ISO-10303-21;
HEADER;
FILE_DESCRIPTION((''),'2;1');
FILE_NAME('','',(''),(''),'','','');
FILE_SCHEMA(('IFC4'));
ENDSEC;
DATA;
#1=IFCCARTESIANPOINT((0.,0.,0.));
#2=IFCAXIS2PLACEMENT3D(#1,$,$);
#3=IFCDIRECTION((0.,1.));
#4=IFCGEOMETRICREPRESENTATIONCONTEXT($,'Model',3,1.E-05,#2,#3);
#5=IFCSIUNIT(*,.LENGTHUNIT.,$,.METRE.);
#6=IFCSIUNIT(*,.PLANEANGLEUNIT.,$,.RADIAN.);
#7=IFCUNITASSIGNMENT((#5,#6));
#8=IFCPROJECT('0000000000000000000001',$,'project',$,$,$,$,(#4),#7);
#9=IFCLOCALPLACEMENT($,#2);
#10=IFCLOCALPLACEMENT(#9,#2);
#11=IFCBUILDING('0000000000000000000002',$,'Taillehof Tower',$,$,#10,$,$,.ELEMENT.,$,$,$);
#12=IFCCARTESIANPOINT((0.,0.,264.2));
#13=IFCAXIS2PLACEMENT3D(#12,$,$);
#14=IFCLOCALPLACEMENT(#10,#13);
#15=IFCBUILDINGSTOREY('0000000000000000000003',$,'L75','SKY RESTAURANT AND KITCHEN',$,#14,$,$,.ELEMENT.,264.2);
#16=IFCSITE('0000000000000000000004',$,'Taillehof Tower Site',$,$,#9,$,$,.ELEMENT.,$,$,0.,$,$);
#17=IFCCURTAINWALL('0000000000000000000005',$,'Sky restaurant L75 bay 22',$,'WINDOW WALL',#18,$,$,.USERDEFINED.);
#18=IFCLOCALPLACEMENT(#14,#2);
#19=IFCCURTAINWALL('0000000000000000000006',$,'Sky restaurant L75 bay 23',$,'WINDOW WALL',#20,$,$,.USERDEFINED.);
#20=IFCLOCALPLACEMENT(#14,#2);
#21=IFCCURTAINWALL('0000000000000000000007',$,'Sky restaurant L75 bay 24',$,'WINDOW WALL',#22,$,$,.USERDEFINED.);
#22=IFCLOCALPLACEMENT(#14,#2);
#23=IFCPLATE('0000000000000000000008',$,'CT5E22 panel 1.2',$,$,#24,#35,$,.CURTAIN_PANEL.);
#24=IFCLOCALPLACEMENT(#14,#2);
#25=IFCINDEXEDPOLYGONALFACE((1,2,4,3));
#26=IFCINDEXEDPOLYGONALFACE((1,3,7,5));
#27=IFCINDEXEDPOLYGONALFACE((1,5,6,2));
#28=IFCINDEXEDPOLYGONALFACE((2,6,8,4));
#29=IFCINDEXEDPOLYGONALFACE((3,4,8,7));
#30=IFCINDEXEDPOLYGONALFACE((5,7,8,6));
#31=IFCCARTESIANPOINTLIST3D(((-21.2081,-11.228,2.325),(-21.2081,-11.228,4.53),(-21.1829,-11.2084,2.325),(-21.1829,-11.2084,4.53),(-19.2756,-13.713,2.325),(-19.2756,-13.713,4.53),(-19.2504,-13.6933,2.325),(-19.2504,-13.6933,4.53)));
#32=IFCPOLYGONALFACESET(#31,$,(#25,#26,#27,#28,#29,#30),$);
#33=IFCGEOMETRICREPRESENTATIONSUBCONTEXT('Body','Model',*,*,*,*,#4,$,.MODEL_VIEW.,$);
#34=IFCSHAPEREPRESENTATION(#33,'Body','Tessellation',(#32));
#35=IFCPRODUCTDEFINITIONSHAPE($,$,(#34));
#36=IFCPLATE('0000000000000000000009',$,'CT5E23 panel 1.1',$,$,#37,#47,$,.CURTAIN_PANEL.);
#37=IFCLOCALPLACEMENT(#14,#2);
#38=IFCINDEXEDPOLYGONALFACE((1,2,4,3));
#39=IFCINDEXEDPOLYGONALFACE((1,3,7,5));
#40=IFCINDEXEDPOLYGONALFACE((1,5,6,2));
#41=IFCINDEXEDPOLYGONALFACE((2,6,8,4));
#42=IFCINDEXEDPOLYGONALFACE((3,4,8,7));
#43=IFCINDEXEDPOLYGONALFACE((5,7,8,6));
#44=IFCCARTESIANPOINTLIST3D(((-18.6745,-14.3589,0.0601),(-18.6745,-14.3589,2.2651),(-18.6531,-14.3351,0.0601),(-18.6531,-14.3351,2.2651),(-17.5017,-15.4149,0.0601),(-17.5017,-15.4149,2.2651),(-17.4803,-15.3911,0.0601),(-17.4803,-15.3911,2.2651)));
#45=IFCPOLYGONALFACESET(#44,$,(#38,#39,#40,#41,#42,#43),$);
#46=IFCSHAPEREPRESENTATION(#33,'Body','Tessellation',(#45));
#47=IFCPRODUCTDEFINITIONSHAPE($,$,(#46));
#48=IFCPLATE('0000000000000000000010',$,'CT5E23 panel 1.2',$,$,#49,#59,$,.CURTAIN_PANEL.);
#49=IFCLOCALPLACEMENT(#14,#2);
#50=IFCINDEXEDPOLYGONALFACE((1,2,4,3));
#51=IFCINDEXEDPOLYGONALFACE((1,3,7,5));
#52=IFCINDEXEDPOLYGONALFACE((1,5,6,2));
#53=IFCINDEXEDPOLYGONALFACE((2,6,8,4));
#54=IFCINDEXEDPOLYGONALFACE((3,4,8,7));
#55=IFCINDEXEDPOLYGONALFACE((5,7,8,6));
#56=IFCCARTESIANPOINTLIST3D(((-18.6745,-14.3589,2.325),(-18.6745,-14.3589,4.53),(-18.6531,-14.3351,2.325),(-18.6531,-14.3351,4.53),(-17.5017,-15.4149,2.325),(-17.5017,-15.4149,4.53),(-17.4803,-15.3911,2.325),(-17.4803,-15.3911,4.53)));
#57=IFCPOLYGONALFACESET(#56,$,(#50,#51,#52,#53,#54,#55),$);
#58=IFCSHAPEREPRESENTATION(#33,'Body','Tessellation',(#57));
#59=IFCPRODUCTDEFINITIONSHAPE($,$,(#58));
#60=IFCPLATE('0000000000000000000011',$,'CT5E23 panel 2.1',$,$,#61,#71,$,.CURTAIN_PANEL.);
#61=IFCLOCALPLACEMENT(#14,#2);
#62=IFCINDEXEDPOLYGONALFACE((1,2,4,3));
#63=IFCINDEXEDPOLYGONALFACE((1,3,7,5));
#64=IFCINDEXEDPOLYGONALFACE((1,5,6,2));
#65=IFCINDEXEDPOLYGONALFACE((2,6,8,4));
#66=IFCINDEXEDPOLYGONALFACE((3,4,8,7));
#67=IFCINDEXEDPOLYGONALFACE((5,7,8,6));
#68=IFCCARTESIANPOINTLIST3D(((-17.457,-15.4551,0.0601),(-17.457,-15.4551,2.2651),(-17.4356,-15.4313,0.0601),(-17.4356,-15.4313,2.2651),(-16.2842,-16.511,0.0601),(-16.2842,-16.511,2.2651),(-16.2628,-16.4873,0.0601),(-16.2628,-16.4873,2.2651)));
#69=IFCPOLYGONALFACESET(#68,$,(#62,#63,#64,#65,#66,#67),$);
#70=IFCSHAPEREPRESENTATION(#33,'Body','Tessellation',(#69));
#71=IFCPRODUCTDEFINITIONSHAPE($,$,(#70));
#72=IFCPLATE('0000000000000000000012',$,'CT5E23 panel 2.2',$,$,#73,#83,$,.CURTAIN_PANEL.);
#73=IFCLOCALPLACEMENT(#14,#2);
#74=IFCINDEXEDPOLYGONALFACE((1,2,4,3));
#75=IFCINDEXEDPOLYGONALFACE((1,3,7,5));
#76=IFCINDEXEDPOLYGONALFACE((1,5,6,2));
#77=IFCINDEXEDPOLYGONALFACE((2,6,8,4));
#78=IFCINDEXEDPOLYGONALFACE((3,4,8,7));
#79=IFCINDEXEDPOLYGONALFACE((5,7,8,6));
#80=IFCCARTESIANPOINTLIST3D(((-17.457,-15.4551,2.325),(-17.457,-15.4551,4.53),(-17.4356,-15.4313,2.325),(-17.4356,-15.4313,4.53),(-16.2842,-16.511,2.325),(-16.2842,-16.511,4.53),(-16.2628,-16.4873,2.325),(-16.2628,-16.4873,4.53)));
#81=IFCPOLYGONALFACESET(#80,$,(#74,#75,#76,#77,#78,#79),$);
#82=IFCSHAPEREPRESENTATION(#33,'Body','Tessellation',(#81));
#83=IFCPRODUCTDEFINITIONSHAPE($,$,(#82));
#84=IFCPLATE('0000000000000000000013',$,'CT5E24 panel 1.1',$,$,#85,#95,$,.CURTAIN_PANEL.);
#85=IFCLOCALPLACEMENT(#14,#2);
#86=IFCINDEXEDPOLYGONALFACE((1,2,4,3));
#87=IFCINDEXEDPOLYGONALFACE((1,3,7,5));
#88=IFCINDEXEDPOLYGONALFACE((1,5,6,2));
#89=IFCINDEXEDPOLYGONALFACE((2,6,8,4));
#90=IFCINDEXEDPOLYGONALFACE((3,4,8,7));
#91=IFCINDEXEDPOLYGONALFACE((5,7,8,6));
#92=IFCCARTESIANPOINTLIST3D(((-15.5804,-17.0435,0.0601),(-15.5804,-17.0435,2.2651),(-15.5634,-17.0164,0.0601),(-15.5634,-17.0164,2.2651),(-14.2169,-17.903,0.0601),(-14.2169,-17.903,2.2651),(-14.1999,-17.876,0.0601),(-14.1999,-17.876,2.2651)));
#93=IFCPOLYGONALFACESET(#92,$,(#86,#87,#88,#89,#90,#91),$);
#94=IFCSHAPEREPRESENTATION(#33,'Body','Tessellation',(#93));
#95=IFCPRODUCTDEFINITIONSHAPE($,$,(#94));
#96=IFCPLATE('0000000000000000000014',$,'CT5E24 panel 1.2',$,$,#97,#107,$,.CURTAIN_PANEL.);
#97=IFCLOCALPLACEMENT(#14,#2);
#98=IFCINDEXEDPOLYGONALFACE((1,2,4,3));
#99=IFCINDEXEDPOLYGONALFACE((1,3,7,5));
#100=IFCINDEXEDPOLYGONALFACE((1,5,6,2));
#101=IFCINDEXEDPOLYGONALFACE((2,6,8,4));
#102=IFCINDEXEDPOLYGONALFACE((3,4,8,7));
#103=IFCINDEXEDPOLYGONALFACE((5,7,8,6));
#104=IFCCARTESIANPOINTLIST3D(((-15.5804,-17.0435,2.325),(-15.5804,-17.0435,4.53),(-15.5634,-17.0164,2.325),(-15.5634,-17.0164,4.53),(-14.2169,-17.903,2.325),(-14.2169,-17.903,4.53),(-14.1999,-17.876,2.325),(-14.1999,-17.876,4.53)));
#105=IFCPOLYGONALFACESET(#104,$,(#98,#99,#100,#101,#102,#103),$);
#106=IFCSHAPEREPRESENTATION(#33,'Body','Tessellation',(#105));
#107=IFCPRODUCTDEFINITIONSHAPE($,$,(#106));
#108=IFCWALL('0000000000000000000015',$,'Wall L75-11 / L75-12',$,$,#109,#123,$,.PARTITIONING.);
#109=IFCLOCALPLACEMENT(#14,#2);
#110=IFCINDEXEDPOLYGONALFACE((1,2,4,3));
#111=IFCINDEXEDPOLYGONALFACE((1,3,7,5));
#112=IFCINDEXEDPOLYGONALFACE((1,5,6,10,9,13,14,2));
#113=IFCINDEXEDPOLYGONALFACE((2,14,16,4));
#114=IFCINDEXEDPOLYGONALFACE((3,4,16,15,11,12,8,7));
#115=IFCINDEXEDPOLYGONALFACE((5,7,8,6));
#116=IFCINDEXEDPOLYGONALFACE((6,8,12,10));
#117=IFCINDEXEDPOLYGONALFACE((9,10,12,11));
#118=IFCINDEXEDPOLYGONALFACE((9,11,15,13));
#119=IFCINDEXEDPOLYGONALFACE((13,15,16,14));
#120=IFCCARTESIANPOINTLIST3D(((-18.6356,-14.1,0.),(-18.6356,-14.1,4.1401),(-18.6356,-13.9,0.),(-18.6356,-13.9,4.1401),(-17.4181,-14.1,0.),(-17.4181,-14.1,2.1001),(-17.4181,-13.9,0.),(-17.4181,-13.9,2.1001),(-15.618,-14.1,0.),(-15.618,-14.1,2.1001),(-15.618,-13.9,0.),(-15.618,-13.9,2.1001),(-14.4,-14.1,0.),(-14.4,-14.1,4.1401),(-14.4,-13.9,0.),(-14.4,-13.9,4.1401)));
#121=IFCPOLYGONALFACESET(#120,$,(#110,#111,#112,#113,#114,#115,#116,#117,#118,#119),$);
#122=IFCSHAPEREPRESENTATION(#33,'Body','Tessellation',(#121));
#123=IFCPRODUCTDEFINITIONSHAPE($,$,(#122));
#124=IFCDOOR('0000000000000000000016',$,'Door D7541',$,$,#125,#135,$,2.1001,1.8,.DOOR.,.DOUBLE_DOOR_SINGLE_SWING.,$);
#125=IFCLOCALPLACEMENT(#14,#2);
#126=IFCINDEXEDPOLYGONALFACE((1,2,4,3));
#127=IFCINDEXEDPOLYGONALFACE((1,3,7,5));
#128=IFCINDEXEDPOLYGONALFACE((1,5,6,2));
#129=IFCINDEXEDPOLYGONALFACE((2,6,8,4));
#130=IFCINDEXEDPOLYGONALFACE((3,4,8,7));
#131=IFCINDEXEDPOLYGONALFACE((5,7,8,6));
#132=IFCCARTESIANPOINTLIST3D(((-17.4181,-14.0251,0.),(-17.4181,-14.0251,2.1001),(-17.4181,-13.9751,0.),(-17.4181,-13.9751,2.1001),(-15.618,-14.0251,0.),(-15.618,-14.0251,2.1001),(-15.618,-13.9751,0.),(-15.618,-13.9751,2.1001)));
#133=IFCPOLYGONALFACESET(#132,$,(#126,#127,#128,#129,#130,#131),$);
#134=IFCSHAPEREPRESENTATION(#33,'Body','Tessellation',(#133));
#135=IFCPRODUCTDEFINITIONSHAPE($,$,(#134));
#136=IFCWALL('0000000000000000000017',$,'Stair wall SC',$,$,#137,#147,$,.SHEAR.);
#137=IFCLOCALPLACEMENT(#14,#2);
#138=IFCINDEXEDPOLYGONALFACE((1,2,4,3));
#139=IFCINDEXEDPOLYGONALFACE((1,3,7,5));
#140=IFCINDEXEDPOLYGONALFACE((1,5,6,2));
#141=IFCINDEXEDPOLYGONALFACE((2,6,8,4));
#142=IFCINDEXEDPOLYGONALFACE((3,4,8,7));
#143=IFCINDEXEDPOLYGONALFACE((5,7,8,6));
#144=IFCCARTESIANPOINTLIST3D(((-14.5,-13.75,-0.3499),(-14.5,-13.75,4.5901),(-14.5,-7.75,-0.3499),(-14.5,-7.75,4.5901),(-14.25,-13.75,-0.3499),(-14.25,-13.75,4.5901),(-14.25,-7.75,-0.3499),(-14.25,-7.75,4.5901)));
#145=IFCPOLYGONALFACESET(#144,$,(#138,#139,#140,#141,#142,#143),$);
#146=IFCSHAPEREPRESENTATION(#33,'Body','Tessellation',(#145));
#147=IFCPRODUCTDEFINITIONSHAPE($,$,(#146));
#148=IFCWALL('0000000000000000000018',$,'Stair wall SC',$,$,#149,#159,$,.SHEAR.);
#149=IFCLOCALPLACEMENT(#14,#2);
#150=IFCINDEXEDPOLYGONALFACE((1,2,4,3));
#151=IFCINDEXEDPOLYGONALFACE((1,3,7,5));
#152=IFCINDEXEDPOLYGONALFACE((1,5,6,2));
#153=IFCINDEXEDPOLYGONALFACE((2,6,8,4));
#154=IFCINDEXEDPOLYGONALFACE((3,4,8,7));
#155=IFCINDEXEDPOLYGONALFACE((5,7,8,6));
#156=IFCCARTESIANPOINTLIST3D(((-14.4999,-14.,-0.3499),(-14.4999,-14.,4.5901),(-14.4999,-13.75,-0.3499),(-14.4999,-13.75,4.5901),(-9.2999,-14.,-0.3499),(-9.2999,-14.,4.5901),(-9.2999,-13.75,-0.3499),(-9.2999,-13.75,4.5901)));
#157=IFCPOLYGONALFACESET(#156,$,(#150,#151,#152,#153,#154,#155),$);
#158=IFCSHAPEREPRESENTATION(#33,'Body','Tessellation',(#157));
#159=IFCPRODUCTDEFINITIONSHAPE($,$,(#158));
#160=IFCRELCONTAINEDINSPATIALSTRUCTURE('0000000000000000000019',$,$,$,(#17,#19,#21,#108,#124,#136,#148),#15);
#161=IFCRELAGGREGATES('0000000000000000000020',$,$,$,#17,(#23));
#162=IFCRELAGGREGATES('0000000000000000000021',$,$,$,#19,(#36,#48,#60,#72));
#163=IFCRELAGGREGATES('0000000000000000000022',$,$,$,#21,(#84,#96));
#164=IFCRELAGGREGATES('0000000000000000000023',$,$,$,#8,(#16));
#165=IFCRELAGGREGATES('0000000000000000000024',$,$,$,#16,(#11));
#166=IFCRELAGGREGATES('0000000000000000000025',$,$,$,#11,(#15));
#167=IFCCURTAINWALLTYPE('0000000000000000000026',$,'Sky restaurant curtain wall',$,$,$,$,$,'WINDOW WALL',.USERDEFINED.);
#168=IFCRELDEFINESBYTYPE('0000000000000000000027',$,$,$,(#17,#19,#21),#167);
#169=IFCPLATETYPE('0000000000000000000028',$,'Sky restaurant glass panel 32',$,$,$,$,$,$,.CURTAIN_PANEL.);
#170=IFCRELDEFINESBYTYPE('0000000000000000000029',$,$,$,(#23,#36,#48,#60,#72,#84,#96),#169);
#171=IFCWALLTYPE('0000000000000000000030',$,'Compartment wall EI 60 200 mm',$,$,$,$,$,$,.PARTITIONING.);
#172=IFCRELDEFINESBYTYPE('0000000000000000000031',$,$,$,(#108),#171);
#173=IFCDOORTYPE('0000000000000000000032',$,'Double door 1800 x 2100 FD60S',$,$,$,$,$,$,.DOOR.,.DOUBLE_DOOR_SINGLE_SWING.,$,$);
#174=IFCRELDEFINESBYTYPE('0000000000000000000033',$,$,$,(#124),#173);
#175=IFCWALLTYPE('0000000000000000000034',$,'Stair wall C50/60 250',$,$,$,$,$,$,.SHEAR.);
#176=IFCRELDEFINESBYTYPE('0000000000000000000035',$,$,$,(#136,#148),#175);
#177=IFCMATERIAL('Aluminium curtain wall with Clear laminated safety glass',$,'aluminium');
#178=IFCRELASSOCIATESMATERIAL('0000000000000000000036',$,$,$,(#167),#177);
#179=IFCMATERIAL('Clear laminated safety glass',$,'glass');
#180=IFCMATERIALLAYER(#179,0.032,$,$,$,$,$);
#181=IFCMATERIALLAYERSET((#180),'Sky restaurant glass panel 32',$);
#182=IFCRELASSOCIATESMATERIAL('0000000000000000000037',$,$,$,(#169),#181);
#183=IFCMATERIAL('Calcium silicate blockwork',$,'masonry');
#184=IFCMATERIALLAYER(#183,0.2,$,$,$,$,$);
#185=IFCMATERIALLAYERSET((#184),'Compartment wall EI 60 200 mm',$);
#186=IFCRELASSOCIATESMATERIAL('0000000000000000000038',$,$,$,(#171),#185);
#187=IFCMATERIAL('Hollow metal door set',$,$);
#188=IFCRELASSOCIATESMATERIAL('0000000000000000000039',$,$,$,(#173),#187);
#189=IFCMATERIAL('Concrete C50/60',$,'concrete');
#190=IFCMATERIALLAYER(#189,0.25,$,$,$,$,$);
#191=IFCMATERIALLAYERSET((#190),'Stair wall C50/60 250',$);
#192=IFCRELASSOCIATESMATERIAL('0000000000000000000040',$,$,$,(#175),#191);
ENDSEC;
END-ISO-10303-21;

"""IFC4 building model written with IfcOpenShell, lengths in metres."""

from ifc_helpers import new_model, si_unit, direction, frame, frame_2d, origin, origin_2d, place, context, subcontext, project, spatial, rectangle, extrude, material, layer, layer_set, type_object, element, fill, aggregate, save


model = new_model("IFC4")

# Units and contexts
model_context = context("Model", 3, precision=1e-05, world=origin(), true_north=direction((0.0, 1.0)))
body_context = subcontext(model_context, "Body", "Model", "MODEL_VIEW")
ifc_project = project(units=[si_unit("LENGTHUNIT", "METRE"), si_unit("PLANEANGLEUNIT", "RADIAN")], contexts=[model_context])

# Site, building, storey
site_placement = place(None, origin())
site = spatial("IfcSite", under=ifc_project, at=site_placement, Name="Taillehof Tower Site", CompositionType="ELEMENT", RefElevation=0.0)
building_placement = place(site_placement, origin())
building = spatial("IfcBuilding", under=site, at=building_placement, Name="Taillehof Tower", CompositionType="ELEMENT")
storey_placement = place(building_placement, frame((0.0, 0.0, 264.2)))
storey = spatial("IfcBuildingStorey", under=building, at=storey_placement, Name="L75", Description="SKY RESTAURANT AND KITCHEN", CompositionType="ELEMENT", Elevation=264.2)

# Curtain wall
ifc_material_1 = material(Name="Aluminium curtain wall with Clear laminated safety glass", Category="aluminium")
curtain_wall_type = type_object("IfcCurtainWallType", Name="Sky restaurant curtain wall", ElementType="WINDOW WALL", PredefinedType="USERDEFINED", material=ifc_material_1)
curtain_wall_1_placement = place(storey_placement, origin())
curtain_wall_1 = element("IfcCurtainWall", 1, at=curtain_wall_1_placement, inside=storey, type_object=curtain_wall_type, Name="Sky restaurant L75 bay 22", ObjectType="WINDOW WALL", PredefinedType="USERDEFINED")

# Curtain walls
curtain_wall_2_placement = place(storey_placement, origin())
curtain_wall_2 = element("IfcCurtainWall", 2, at=curtain_wall_2_placement, inside=storey, type_object=curtain_wall_type, Name="Sky restaurant L75 bay 23", ObjectType="WINDOW WALL", PredefinedType="USERDEFINED")
curtain_wall_3_placement = place(storey_placement, origin())
curtain_wall_3 = element("IfcCurtainWall", 3, at=curtain_wall_3_placement, inside=storey, type_object=curtain_wall_type, Name="Sky restaurant L75 bay 24", ObjectType="WINDOW WALL", PredefinedType="USERDEFINED")

# Plates
ifc_material_2 = material(Name="Clear laminated safety glass", Category="glass")
ifc_layer_1 = layer(ifc_material_2, 0.032)
ifc_layer_set_1 = layer_set([ifc_layer_1], Name="Sky restaurant glass panel 32")
plate_type = type_object("IfcPlateType", Name="Sky restaurant glass panel 32", PredefinedType="CURTAIN_PANEL", material=ifc_layer_set_1)
plate_1_placement = place(storey_placement, frame((-20.2292, -12.4607, 2.325), z_axis=(0.0, 0.0, 1.0), x_axis=(0.613903, -0.789382, 0.0)))
plate_1 = element("IfcPlate", 4, at=plate_1_placement, type_object=plate_type, Name="CT5E22 panel 1.2", PredefinedType="CURTAIN_PANEL", context=body_context, shape_type="SweptSolid", body=[
    extrude(rectangle(XDim=3.1479, YDim=0.032, at=origin_2d()), origin(), (0.0, 0.0, 1.0), 2.2051),
])
aggregate(curtain_wall_1, [plate_1])
plate_2_placement = place(storey_placement, frame((-18.0774, -14.875, 0.0601), z_axis=(0.0, 0.0, 1.0), x_axis=(0.743166, -0.669107, 0.0)))
plate_2 = element("IfcPlate", 5, at=plate_2_placement, type_object=plate_type, Name="CT5E23 panel 1.1", PredefinedType="CURTAIN_PANEL", context=body_context, shape_type="SweptSolid", body=[
    extrude(rectangle(XDim=1.5781, YDim=0.032, at=origin_2d()), origin(), (0.0, 0.0, 1.0), 2.2051),
])
plate_3_placement = place(storey_placement, frame((-18.0774, -14.875, 2.325), z_axis=(0.0, 0.0, 1.0), x_axis=(0.743166, -0.669107, 0.0)))
plate_3 = element("IfcPlate", 6, at=plate_3_placement, type_object=plate_type, Name="CT5E23 panel 1.2", PredefinedType="CURTAIN_PANEL", context=body_context, shape_type="SweptSolid", body=[
    extrude(rectangle(XDim=1.5781, YDim=0.032, at=origin_2d()), origin(), (0.0, 0.0, 1.0), 2.2051),
])
plate_4_placement = place(storey_placement, frame((-16.8599, -15.9712, 0.0601), z_axis=(0.0, 0.0, 1.0), x_axis=(0.743166, -0.669107, 0.0)))
plate_4 = element("IfcPlate", 7, at=plate_4_placement, type_object=plate_type, Name="CT5E23 panel 2.1", PredefinedType="CURTAIN_PANEL", context=body_context, shape_type="SweptSolid", body=[
    extrude(rectangle(XDim=1.5781, YDim=0.032, at=origin_2d()), origin(), (0.0, 0.0, 1.0), 2.2051),
])
plate_5_placement = place(storey_placement, frame((-16.8599, -15.9712, 2.325), z_axis=(0.0, 0.0, 1.0), x_axis=(0.743166, -0.669107, 0.0)))
plate_5 = element("IfcPlate", 8, at=plate_5_placement, type_object=plate_type, Name="CT5E23 panel 2.2", PredefinedType="CURTAIN_PANEL", context=body_context, shape_type="SweptSolid", body=[
    extrude(rectangle(XDim=1.5781, YDim=0.032, at=origin_2d()), origin(), (0.0, 0.0, 1.0), 2.2051),
])
aggregate(curtain_wall_2, [plate_2, plate_3, plate_4, plate_5])
plate_6_placement = place(storey_placement, frame((-14.8901, -17.4597, 0.0601), z_axis=(0.0, 0.0, 1.0), x_axis=(0.84593, -0.533294, 0.0)))
plate_6 = element("IfcPlate", 9, at=plate_6_placement, type_object=plate_type, Name="CT5E24 panel 1.1", PredefinedType="CURTAIN_PANEL", context=body_context, shape_type="SweptSolid", body=[
    extrude(rectangle(XDim=1.6118, YDim=0.032, at=origin_2d()), origin(), (0.0, 0.0, 1.0), 2.2051),
])
plate_7_placement = place(storey_placement, frame((-14.8901, -17.4597, 2.325), z_axis=(0.0, 0.0, 1.0), x_axis=(0.84593, -0.533294, 0.0)))
plate_7 = element("IfcPlate", 10, at=plate_7_placement, type_object=plate_type, Name="CT5E24 panel 1.2", PredefinedType="CURTAIN_PANEL", context=body_context, shape_type="SweptSolid", body=[
    extrude(rectangle(XDim=1.6118, YDim=0.032, at=origin_2d()), origin(), (0.0, 0.0, 1.0), 2.2051),
])
aggregate(curtain_wall_3, [plate_6, plate_7])

# Wall, opening, door
ifc_material_3 = material(Name="Calcium silicate blockwork", Category="masonry")
ifc_layer_2 = layer(ifc_material_3, 0.2)
ifc_layer_set_2 = layer_set([ifc_layer_2], Name="Compartment wall EI 60 200 mm")
wall_type_1 = type_object("IfcWallType", Name="Compartment wall EI 60 200 mm", PredefinedType="PARTITIONING", material=ifc_layer_set_2)
wall_1_placement = place(storey_placement, frame((-18.6355, -14.0, 0.0), z_axis=(0.0, 0.0, 1.0), x_axis=(1.0, 0.0, 0.0)))
wall_1 = element("IfcWall", 11, at=wall_1_placement, inside=storey, type_object=wall_type_1, Name="Wall L75-11 / L75-12", PredefinedType="PARTITIONING", context=body_context, shape_type="SweptSolid", body=[
    extrude(rectangle(XDim=4.2356, YDim=0.2, at=frame_2d((2.1177, 0.0))), origin(), (0.0, 0.0, 1.0), 4.1401),
])
opening_placement = place(wall_1_placement, frame((1.2175, 0.0, 0.0)))
opening = element("IfcOpeningElement", 12, at=opening_placement, cuts=wall_1, PredefinedType="OPENING", context=body_context, shape_type="SweptSolid", body=[
    extrude(rectangle(XDim=1.8, YDim=2.1001, at=frame_2d((0.8999, 1.05))), frame((0.0, 0.1099, 0.0), z_axis=(0.0, -1.0, 0.0), x_axis=(1.0, 0.0, 0.0)), (0.0, 0.0, 1.0), 0.22),
])
ifc_material_4 = material(Name="Hollow metal door set")
door_type = type_object("IfcDoorType", Name="Double door 1800 x 2100 FD60S", OperationType="DOUBLE_DOOR_SINGLE_SWING", PredefinedType="DOOR", material=ifc_material_4)
door_placement = place(opening_placement, origin())
door = element("IfcDoor", 13, at=door_placement, inside=storey, type_object=door_type, Name="Door D7541", OperationType="DOUBLE_DOOR_SINGLE_SWING", OverallHeight=2.1001, OverallWidth=1.8, PredefinedType="DOOR", context=body_context, shape_type="SweptSolid", body=[
    extrude(rectangle(XDim=1.8, YDim=2.1001, at=frame_2d((0.8999, 1.05))), frame((0.0, 0.0249, 0.0), z_axis=(0.0, -1.0, 0.0), x_axis=(1.0, 0.0, 0.0)), (0.0, 0.0, 1.0), 0.05),
])
fill(opening, door)

# Walls
ifc_material_5 = material(Name="Concrete C50/60", Category="concrete")
ifc_layer_3 = layer(ifc_material_5, 0.25)
ifc_layer_set_3 = layer_set([ifc_layer_3], Name="Stair wall C50/60 250")
wall_type_2 = type_object("IfcWallType", Name="Stair wall C50/60 250", PredefinedType="SHEAR", material=ifc_layer_set_3)
wall_2_placement = place(storey_placement, frame((-14.375, -13.75, -0.3499), z_axis=(0.0, 0.0, 1.0), x_axis=(0.0, 1.0, 0.0)))
element("IfcWall", 14, at=wall_2_placement, inside=storey, type_object=wall_type_2, Name="Stair wall SC", PredefinedType="SHEAR", context=body_context, shape_type="SweptSolid", body=[
    extrude(rectangle(XDim=6.0, YDim=0.25, at=frame_2d((3.0, 0.0))), origin(), (0.0, 0.0, 1.0), 4.9399),
])
wall_3_placement = place(storey_placement, frame((-14.5, -13.875, -0.3499), z_axis=(0.0, 0.0, 1.0), x_axis=(1.0, 0.0, 0.0)))
element("IfcWall", 15, at=wall_3_placement, inside=storey, type_object=wall_type_2, Name="Stair wall SC", PredefinedType="SHEAR", context=body_context, shape_type="SweptSolid", body=[
    extrude(rectangle(XDim=5.2, YDim=0.25, at=frame_2d((2.6001, 0.0))), origin(), (0.0, 0.0, 1.0), 4.9399),
])

save(model, "model.ifc")
